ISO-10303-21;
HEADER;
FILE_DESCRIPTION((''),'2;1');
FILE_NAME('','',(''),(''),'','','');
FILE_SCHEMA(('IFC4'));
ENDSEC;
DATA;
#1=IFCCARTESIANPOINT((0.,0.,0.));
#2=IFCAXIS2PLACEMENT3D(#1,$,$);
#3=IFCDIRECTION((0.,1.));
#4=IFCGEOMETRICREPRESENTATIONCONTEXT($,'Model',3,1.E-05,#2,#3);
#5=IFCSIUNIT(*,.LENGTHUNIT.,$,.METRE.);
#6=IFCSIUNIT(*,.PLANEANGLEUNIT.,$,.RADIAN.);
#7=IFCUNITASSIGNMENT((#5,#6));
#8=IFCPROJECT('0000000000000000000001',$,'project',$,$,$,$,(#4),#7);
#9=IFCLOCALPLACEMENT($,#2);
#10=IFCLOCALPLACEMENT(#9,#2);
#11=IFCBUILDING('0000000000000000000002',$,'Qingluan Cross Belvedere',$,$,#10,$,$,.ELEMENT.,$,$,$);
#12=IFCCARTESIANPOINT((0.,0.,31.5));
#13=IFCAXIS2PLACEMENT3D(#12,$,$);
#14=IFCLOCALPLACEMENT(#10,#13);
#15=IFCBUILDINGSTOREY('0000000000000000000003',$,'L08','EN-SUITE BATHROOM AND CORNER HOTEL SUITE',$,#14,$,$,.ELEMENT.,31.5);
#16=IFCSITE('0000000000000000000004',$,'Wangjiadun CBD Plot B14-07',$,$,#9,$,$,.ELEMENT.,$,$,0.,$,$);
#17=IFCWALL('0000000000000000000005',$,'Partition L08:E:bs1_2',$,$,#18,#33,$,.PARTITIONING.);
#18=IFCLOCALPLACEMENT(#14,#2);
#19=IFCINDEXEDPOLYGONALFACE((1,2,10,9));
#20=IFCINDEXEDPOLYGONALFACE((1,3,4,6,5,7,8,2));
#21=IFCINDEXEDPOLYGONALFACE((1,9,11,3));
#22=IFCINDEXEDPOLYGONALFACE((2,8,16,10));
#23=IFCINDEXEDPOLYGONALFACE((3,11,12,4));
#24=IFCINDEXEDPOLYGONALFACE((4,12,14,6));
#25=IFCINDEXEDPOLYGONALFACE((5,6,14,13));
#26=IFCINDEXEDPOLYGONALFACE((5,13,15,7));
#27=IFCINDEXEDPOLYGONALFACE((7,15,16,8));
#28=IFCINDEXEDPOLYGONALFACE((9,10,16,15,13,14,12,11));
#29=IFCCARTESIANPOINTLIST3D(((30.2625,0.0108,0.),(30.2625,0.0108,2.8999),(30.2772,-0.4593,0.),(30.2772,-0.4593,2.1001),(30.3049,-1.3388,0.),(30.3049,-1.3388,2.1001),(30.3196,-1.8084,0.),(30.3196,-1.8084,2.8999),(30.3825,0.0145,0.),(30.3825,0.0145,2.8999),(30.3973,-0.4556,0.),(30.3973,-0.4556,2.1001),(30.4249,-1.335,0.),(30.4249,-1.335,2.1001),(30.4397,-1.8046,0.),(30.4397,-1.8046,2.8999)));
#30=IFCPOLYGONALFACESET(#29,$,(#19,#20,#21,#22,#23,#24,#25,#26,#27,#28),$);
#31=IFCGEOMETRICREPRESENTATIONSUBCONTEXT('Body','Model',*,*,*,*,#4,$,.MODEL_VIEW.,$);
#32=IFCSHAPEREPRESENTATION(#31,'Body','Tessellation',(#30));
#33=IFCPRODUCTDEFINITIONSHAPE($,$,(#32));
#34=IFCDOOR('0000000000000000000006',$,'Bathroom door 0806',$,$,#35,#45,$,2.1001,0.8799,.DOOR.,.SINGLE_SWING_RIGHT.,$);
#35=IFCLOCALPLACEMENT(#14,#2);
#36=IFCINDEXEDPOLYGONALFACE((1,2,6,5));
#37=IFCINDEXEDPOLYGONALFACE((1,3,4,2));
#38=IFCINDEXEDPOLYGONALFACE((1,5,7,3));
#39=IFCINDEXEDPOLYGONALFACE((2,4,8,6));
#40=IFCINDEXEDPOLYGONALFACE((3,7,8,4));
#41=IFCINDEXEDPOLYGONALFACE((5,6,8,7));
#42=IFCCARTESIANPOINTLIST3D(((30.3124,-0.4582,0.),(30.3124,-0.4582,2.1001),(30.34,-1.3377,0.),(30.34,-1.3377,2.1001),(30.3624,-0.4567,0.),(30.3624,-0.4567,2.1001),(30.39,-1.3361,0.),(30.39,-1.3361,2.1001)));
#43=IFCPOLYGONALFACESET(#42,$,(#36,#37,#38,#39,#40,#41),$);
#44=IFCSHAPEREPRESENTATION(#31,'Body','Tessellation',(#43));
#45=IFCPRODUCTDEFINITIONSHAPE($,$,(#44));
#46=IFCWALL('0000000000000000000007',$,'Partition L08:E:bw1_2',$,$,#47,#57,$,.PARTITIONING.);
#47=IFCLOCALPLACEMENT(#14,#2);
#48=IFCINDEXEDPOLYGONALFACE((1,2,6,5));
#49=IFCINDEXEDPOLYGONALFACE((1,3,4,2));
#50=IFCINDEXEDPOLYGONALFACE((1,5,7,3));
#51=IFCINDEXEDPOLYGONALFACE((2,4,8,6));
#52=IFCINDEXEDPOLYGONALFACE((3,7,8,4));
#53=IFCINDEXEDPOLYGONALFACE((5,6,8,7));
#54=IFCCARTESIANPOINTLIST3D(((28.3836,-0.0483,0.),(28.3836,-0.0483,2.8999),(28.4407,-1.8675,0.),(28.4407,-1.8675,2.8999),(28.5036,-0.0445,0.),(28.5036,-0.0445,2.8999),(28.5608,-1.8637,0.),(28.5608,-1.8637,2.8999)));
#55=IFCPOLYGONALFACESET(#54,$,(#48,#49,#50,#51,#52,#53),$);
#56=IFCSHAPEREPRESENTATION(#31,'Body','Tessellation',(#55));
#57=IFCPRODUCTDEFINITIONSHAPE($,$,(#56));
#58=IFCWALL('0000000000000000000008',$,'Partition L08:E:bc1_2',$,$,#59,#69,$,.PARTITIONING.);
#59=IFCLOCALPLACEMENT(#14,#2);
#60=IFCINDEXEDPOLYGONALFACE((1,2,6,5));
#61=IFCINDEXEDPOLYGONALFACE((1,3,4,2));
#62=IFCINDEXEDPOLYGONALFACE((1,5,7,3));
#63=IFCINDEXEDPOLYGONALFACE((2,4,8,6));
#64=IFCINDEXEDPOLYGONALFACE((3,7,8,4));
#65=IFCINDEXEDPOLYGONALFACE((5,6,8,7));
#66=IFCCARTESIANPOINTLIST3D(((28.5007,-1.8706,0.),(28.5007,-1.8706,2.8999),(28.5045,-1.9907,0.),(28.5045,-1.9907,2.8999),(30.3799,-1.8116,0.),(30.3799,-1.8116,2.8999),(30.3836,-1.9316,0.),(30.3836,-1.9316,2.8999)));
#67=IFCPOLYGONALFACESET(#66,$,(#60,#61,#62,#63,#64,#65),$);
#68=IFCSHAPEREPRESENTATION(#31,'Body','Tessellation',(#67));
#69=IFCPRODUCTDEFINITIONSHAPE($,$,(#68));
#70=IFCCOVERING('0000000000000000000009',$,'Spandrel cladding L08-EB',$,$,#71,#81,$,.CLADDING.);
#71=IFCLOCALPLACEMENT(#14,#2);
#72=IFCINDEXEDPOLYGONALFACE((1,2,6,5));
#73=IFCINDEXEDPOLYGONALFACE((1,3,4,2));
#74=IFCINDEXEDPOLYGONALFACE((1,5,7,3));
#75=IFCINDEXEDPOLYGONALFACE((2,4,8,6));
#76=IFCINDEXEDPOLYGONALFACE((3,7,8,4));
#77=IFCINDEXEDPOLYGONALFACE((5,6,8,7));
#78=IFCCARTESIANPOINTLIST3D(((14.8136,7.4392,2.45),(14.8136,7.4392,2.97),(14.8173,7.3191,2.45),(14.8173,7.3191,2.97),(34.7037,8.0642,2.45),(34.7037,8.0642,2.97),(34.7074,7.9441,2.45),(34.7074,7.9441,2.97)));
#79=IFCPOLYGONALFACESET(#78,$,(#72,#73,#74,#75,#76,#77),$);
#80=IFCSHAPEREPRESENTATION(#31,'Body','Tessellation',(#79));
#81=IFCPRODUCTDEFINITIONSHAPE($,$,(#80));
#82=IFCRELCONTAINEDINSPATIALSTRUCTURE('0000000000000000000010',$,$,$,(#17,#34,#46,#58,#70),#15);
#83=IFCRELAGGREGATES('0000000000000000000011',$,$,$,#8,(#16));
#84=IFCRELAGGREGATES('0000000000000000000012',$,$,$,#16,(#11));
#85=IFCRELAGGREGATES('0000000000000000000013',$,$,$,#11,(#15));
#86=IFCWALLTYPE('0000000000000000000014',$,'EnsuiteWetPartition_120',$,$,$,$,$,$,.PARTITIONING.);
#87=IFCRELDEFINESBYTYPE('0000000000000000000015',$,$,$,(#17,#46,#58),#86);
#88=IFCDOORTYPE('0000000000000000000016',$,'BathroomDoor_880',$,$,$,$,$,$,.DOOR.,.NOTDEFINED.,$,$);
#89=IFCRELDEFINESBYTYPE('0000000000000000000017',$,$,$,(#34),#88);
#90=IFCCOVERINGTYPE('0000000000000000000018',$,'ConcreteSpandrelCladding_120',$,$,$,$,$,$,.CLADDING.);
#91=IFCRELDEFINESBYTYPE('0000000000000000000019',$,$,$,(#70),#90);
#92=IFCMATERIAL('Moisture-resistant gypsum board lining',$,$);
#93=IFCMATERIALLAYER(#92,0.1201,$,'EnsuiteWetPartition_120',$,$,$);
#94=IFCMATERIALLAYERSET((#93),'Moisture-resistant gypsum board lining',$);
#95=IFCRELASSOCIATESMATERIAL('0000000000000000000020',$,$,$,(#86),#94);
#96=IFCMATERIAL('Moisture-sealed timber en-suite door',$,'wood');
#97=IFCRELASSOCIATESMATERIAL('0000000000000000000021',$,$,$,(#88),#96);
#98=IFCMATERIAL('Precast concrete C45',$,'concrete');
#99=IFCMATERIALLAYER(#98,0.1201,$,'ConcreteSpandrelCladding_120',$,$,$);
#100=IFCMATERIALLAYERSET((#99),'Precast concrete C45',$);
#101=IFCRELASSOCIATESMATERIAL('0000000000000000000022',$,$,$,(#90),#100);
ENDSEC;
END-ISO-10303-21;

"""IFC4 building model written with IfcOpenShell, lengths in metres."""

from ifc_helpers import new_model, si_unit, direction, frame, frame_2d, origin, origin_2d, place, context, subcontext, project, spatial, rectangle, extrude, material, layer, layer_set, type_object, element, fill, save


model = new_model("IFC4")

# Units and contexts
model_context = context("Model", 3, precision=1e-05, world=origin(), true_north=direction((0.0, 1.0)))
body_context = subcontext(model_context, "Body", "Model", "MODEL_VIEW")
ifc_project = project(units=[si_unit("LENGTHUNIT", "METRE"), si_unit("PLANEANGLEUNIT", "RADIAN")], contexts=[model_context])

# Site, building, storey
site_placement = place(None, origin())
site = spatial("IfcSite", under=ifc_project, at=site_placement, Name="Wangjiadun CBD Plot B14-07", CompositionType="ELEMENT", RefElevation=0.0)
building_placement = place(site_placement, origin())
building = spatial("IfcBuilding", under=site, at=building_placement, Name="Qingluan Cross Belvedere", CompositionType="ELEMENT")
storey_placement = place(building_placement, frame((0.0, 0.0, 31.5)))
storey = spatial("IfcBuildingStorey", under=building, at=storey_placement, Name="L08", Description="EN-SUITE BATHROOM AND CORNER HOTEL SUITE", CompositionType="ELEMENT", Elevation=31.5)

# Shared definitions
ifc_material_1 = material(Name="Moisture-resistant gypsum board lining")
ifc_layer_1 = layer(ifc_material_1, 0.1201, Name="EnsuiteWetPartition_120")
ifc_layer_set_1 = layer_set([ifc_layer_1], Name="Moisture-resistant gypsum board lining")
wall_type_1 = type_object("IfcWallType", Name="EnsuiteWetPartition_120", PredefinedType="PARTITIONING", material=ifc_layer_set_1)
ifc_material_2 = material(Name="Moisture-sealed timber en-suite door", Category="wood")
door_type = type_object("IfcDoorType", Name="BathroomDoor_880", OperationType="NOTDEFINED", PredefinedType="DOOR", material=ifc_material_2)

# Wall, opening, door
wall_1_placement = place(storey_placement, frame((30.3796, -1.8066, 0.0), z_axis=(0.0, 0.0, 1.0), x_axis=(-0.03139, 0.999507, 0.0)))
wall_1 = element("IfcWall", 1, at=wall_1_placement, inside=storey, type_object=wall_type_1, Name="Partition L08:E:bs1_2", PredefinedType="PARTITIONING", context=body_context, shape_type="SweptSolid", body=[
    extrude(rectangle(XDim=1.8201, YDim=0.1201, at=frame_2d((0.9102, 0.0))), origin(), (0.0, 0.0, 1.0), 2.8999),
])
opening_1_placement = place(wall_1_placement, frame((0.47, 0.0, 0.0)))
opening_1 = element("IfcOpeningElement", 2, at=opening_1_placement, cuts=wall_1, PredefinedType="OPENING", context=body_context, shape_type="SweptSolid", body=[
    extrude(rectangle(XDim=0.8799, YDim=2.1001, at=frame_2d((0.4399, 1.05))), frame((0.0, 0.0701, 0.0), z_axis=(0.0, -1.0, 0.0), x_axis=(1.0, 0.0, 0.0)), (0.0, 0.0, 1.0), 0.1401),
])
door_1_placement = place(opening_1_placement, origin())
door_1 = element("IfcDoor", 3, at=door_1_placement, inside=storey, type_object=door_type, Name="Bathroom door 0806", OperationType="SINGLE_SWING_RIGHT", OverallHeight=2.1001, OverallWidth=0.8799, PredefinedType="DOOR", context=body_context, shape_type="SweptSolid", body=[
    extrude(rectangle(XDim=0.8799, YDim=2.1001, at=frame_2d((0.4399, 1.05))), frame((0.0, 0.0249, 0.0), z_axis=(0.0, -1.0, 0.0), x_axis=(1.0, 0.0, 0.0)), (0.0, 0.0, 1.0), 0.05),
])
fill(opening_1, door_1)

# Walls
wall_2_placement = place(storey_placement, frame((28.5007, -1.8657, 0.0), z_axis=(0.0, 0.0, 1.0), x_axis=(-0.03139, 0.999507, 0.0)))
element("IfcWall", 4, at=wall_2_placement, inside=storey, type_object=wall_type_1, Name="Partition L08:E:bw1_2", PredefinedType="PARTITIONING", context=body_context, shape_type="SweptSolid", body=[
    extrude(rectangle(XDim=1.8201, YDim=0.1201, at=frame_2d((0.9102, 0.0))), origin(), (0.0, 0.0, 1.0), 2.8999),
])
wall_3_placement = place(storey_placement, frame((28.5027, -1.9307, 0.0), z_axis=(0.0, 0.0, 1.0), x_axis=(0.999506, 0.031425, 0.0)))
element("IfcWall", 5, at=wall_3_placement, inside=storey, type_object=wall_type_1, Name="Partition L08:E:bc1_2", PredefinedType="PARTITIONING", context=body_context, shape_type="SweptSolid", body=[
    extrude(rectangle(XDim=1.8801, YDim=0.1201, at=frame_2d((0.9399, 0.0))), origin(), (0.0, 0.0, 1.0), 2.8999),
])

# Covering
ifc_material_3 = material(Name="Precast concrete C45", Category="concrete")
ifc_layer_2 = layer(ifc_material_3, 0.1201, Name="ConcreteSpandrelCladding_120")
ifc_layer_set_2 = layer_set([ifc_layer_2], Name="Precast concrete C45")
covering_type = type_object("IfcCoveringType", Name="ConcreteSpandrelCladding_120", PredefinedType="CLADDING", material=ifc_layer_set_2)
covering_placement = place(storey_placement, frame((24.7605, 7.6917, 2.45), z_axis=(0.0, 0.0, 1.0), x_axis=(-0.999507, -0.031408, 0.0)))
element("IfcCovering", 6, at=covering_placement, inside=storey, type_object=covering_type, Name="Spandrel cladding L08-EB", PredefinedType="CLADDING", context=body_context, shape_type="SweptSolid", body=[
    extrude(rectangle(XDim=19.8999, YDim=0.1201, at=origin_2d()), origin(), (0.0, 0.0, 1.0), 0.52),
])

save(model, "model.ifc")
